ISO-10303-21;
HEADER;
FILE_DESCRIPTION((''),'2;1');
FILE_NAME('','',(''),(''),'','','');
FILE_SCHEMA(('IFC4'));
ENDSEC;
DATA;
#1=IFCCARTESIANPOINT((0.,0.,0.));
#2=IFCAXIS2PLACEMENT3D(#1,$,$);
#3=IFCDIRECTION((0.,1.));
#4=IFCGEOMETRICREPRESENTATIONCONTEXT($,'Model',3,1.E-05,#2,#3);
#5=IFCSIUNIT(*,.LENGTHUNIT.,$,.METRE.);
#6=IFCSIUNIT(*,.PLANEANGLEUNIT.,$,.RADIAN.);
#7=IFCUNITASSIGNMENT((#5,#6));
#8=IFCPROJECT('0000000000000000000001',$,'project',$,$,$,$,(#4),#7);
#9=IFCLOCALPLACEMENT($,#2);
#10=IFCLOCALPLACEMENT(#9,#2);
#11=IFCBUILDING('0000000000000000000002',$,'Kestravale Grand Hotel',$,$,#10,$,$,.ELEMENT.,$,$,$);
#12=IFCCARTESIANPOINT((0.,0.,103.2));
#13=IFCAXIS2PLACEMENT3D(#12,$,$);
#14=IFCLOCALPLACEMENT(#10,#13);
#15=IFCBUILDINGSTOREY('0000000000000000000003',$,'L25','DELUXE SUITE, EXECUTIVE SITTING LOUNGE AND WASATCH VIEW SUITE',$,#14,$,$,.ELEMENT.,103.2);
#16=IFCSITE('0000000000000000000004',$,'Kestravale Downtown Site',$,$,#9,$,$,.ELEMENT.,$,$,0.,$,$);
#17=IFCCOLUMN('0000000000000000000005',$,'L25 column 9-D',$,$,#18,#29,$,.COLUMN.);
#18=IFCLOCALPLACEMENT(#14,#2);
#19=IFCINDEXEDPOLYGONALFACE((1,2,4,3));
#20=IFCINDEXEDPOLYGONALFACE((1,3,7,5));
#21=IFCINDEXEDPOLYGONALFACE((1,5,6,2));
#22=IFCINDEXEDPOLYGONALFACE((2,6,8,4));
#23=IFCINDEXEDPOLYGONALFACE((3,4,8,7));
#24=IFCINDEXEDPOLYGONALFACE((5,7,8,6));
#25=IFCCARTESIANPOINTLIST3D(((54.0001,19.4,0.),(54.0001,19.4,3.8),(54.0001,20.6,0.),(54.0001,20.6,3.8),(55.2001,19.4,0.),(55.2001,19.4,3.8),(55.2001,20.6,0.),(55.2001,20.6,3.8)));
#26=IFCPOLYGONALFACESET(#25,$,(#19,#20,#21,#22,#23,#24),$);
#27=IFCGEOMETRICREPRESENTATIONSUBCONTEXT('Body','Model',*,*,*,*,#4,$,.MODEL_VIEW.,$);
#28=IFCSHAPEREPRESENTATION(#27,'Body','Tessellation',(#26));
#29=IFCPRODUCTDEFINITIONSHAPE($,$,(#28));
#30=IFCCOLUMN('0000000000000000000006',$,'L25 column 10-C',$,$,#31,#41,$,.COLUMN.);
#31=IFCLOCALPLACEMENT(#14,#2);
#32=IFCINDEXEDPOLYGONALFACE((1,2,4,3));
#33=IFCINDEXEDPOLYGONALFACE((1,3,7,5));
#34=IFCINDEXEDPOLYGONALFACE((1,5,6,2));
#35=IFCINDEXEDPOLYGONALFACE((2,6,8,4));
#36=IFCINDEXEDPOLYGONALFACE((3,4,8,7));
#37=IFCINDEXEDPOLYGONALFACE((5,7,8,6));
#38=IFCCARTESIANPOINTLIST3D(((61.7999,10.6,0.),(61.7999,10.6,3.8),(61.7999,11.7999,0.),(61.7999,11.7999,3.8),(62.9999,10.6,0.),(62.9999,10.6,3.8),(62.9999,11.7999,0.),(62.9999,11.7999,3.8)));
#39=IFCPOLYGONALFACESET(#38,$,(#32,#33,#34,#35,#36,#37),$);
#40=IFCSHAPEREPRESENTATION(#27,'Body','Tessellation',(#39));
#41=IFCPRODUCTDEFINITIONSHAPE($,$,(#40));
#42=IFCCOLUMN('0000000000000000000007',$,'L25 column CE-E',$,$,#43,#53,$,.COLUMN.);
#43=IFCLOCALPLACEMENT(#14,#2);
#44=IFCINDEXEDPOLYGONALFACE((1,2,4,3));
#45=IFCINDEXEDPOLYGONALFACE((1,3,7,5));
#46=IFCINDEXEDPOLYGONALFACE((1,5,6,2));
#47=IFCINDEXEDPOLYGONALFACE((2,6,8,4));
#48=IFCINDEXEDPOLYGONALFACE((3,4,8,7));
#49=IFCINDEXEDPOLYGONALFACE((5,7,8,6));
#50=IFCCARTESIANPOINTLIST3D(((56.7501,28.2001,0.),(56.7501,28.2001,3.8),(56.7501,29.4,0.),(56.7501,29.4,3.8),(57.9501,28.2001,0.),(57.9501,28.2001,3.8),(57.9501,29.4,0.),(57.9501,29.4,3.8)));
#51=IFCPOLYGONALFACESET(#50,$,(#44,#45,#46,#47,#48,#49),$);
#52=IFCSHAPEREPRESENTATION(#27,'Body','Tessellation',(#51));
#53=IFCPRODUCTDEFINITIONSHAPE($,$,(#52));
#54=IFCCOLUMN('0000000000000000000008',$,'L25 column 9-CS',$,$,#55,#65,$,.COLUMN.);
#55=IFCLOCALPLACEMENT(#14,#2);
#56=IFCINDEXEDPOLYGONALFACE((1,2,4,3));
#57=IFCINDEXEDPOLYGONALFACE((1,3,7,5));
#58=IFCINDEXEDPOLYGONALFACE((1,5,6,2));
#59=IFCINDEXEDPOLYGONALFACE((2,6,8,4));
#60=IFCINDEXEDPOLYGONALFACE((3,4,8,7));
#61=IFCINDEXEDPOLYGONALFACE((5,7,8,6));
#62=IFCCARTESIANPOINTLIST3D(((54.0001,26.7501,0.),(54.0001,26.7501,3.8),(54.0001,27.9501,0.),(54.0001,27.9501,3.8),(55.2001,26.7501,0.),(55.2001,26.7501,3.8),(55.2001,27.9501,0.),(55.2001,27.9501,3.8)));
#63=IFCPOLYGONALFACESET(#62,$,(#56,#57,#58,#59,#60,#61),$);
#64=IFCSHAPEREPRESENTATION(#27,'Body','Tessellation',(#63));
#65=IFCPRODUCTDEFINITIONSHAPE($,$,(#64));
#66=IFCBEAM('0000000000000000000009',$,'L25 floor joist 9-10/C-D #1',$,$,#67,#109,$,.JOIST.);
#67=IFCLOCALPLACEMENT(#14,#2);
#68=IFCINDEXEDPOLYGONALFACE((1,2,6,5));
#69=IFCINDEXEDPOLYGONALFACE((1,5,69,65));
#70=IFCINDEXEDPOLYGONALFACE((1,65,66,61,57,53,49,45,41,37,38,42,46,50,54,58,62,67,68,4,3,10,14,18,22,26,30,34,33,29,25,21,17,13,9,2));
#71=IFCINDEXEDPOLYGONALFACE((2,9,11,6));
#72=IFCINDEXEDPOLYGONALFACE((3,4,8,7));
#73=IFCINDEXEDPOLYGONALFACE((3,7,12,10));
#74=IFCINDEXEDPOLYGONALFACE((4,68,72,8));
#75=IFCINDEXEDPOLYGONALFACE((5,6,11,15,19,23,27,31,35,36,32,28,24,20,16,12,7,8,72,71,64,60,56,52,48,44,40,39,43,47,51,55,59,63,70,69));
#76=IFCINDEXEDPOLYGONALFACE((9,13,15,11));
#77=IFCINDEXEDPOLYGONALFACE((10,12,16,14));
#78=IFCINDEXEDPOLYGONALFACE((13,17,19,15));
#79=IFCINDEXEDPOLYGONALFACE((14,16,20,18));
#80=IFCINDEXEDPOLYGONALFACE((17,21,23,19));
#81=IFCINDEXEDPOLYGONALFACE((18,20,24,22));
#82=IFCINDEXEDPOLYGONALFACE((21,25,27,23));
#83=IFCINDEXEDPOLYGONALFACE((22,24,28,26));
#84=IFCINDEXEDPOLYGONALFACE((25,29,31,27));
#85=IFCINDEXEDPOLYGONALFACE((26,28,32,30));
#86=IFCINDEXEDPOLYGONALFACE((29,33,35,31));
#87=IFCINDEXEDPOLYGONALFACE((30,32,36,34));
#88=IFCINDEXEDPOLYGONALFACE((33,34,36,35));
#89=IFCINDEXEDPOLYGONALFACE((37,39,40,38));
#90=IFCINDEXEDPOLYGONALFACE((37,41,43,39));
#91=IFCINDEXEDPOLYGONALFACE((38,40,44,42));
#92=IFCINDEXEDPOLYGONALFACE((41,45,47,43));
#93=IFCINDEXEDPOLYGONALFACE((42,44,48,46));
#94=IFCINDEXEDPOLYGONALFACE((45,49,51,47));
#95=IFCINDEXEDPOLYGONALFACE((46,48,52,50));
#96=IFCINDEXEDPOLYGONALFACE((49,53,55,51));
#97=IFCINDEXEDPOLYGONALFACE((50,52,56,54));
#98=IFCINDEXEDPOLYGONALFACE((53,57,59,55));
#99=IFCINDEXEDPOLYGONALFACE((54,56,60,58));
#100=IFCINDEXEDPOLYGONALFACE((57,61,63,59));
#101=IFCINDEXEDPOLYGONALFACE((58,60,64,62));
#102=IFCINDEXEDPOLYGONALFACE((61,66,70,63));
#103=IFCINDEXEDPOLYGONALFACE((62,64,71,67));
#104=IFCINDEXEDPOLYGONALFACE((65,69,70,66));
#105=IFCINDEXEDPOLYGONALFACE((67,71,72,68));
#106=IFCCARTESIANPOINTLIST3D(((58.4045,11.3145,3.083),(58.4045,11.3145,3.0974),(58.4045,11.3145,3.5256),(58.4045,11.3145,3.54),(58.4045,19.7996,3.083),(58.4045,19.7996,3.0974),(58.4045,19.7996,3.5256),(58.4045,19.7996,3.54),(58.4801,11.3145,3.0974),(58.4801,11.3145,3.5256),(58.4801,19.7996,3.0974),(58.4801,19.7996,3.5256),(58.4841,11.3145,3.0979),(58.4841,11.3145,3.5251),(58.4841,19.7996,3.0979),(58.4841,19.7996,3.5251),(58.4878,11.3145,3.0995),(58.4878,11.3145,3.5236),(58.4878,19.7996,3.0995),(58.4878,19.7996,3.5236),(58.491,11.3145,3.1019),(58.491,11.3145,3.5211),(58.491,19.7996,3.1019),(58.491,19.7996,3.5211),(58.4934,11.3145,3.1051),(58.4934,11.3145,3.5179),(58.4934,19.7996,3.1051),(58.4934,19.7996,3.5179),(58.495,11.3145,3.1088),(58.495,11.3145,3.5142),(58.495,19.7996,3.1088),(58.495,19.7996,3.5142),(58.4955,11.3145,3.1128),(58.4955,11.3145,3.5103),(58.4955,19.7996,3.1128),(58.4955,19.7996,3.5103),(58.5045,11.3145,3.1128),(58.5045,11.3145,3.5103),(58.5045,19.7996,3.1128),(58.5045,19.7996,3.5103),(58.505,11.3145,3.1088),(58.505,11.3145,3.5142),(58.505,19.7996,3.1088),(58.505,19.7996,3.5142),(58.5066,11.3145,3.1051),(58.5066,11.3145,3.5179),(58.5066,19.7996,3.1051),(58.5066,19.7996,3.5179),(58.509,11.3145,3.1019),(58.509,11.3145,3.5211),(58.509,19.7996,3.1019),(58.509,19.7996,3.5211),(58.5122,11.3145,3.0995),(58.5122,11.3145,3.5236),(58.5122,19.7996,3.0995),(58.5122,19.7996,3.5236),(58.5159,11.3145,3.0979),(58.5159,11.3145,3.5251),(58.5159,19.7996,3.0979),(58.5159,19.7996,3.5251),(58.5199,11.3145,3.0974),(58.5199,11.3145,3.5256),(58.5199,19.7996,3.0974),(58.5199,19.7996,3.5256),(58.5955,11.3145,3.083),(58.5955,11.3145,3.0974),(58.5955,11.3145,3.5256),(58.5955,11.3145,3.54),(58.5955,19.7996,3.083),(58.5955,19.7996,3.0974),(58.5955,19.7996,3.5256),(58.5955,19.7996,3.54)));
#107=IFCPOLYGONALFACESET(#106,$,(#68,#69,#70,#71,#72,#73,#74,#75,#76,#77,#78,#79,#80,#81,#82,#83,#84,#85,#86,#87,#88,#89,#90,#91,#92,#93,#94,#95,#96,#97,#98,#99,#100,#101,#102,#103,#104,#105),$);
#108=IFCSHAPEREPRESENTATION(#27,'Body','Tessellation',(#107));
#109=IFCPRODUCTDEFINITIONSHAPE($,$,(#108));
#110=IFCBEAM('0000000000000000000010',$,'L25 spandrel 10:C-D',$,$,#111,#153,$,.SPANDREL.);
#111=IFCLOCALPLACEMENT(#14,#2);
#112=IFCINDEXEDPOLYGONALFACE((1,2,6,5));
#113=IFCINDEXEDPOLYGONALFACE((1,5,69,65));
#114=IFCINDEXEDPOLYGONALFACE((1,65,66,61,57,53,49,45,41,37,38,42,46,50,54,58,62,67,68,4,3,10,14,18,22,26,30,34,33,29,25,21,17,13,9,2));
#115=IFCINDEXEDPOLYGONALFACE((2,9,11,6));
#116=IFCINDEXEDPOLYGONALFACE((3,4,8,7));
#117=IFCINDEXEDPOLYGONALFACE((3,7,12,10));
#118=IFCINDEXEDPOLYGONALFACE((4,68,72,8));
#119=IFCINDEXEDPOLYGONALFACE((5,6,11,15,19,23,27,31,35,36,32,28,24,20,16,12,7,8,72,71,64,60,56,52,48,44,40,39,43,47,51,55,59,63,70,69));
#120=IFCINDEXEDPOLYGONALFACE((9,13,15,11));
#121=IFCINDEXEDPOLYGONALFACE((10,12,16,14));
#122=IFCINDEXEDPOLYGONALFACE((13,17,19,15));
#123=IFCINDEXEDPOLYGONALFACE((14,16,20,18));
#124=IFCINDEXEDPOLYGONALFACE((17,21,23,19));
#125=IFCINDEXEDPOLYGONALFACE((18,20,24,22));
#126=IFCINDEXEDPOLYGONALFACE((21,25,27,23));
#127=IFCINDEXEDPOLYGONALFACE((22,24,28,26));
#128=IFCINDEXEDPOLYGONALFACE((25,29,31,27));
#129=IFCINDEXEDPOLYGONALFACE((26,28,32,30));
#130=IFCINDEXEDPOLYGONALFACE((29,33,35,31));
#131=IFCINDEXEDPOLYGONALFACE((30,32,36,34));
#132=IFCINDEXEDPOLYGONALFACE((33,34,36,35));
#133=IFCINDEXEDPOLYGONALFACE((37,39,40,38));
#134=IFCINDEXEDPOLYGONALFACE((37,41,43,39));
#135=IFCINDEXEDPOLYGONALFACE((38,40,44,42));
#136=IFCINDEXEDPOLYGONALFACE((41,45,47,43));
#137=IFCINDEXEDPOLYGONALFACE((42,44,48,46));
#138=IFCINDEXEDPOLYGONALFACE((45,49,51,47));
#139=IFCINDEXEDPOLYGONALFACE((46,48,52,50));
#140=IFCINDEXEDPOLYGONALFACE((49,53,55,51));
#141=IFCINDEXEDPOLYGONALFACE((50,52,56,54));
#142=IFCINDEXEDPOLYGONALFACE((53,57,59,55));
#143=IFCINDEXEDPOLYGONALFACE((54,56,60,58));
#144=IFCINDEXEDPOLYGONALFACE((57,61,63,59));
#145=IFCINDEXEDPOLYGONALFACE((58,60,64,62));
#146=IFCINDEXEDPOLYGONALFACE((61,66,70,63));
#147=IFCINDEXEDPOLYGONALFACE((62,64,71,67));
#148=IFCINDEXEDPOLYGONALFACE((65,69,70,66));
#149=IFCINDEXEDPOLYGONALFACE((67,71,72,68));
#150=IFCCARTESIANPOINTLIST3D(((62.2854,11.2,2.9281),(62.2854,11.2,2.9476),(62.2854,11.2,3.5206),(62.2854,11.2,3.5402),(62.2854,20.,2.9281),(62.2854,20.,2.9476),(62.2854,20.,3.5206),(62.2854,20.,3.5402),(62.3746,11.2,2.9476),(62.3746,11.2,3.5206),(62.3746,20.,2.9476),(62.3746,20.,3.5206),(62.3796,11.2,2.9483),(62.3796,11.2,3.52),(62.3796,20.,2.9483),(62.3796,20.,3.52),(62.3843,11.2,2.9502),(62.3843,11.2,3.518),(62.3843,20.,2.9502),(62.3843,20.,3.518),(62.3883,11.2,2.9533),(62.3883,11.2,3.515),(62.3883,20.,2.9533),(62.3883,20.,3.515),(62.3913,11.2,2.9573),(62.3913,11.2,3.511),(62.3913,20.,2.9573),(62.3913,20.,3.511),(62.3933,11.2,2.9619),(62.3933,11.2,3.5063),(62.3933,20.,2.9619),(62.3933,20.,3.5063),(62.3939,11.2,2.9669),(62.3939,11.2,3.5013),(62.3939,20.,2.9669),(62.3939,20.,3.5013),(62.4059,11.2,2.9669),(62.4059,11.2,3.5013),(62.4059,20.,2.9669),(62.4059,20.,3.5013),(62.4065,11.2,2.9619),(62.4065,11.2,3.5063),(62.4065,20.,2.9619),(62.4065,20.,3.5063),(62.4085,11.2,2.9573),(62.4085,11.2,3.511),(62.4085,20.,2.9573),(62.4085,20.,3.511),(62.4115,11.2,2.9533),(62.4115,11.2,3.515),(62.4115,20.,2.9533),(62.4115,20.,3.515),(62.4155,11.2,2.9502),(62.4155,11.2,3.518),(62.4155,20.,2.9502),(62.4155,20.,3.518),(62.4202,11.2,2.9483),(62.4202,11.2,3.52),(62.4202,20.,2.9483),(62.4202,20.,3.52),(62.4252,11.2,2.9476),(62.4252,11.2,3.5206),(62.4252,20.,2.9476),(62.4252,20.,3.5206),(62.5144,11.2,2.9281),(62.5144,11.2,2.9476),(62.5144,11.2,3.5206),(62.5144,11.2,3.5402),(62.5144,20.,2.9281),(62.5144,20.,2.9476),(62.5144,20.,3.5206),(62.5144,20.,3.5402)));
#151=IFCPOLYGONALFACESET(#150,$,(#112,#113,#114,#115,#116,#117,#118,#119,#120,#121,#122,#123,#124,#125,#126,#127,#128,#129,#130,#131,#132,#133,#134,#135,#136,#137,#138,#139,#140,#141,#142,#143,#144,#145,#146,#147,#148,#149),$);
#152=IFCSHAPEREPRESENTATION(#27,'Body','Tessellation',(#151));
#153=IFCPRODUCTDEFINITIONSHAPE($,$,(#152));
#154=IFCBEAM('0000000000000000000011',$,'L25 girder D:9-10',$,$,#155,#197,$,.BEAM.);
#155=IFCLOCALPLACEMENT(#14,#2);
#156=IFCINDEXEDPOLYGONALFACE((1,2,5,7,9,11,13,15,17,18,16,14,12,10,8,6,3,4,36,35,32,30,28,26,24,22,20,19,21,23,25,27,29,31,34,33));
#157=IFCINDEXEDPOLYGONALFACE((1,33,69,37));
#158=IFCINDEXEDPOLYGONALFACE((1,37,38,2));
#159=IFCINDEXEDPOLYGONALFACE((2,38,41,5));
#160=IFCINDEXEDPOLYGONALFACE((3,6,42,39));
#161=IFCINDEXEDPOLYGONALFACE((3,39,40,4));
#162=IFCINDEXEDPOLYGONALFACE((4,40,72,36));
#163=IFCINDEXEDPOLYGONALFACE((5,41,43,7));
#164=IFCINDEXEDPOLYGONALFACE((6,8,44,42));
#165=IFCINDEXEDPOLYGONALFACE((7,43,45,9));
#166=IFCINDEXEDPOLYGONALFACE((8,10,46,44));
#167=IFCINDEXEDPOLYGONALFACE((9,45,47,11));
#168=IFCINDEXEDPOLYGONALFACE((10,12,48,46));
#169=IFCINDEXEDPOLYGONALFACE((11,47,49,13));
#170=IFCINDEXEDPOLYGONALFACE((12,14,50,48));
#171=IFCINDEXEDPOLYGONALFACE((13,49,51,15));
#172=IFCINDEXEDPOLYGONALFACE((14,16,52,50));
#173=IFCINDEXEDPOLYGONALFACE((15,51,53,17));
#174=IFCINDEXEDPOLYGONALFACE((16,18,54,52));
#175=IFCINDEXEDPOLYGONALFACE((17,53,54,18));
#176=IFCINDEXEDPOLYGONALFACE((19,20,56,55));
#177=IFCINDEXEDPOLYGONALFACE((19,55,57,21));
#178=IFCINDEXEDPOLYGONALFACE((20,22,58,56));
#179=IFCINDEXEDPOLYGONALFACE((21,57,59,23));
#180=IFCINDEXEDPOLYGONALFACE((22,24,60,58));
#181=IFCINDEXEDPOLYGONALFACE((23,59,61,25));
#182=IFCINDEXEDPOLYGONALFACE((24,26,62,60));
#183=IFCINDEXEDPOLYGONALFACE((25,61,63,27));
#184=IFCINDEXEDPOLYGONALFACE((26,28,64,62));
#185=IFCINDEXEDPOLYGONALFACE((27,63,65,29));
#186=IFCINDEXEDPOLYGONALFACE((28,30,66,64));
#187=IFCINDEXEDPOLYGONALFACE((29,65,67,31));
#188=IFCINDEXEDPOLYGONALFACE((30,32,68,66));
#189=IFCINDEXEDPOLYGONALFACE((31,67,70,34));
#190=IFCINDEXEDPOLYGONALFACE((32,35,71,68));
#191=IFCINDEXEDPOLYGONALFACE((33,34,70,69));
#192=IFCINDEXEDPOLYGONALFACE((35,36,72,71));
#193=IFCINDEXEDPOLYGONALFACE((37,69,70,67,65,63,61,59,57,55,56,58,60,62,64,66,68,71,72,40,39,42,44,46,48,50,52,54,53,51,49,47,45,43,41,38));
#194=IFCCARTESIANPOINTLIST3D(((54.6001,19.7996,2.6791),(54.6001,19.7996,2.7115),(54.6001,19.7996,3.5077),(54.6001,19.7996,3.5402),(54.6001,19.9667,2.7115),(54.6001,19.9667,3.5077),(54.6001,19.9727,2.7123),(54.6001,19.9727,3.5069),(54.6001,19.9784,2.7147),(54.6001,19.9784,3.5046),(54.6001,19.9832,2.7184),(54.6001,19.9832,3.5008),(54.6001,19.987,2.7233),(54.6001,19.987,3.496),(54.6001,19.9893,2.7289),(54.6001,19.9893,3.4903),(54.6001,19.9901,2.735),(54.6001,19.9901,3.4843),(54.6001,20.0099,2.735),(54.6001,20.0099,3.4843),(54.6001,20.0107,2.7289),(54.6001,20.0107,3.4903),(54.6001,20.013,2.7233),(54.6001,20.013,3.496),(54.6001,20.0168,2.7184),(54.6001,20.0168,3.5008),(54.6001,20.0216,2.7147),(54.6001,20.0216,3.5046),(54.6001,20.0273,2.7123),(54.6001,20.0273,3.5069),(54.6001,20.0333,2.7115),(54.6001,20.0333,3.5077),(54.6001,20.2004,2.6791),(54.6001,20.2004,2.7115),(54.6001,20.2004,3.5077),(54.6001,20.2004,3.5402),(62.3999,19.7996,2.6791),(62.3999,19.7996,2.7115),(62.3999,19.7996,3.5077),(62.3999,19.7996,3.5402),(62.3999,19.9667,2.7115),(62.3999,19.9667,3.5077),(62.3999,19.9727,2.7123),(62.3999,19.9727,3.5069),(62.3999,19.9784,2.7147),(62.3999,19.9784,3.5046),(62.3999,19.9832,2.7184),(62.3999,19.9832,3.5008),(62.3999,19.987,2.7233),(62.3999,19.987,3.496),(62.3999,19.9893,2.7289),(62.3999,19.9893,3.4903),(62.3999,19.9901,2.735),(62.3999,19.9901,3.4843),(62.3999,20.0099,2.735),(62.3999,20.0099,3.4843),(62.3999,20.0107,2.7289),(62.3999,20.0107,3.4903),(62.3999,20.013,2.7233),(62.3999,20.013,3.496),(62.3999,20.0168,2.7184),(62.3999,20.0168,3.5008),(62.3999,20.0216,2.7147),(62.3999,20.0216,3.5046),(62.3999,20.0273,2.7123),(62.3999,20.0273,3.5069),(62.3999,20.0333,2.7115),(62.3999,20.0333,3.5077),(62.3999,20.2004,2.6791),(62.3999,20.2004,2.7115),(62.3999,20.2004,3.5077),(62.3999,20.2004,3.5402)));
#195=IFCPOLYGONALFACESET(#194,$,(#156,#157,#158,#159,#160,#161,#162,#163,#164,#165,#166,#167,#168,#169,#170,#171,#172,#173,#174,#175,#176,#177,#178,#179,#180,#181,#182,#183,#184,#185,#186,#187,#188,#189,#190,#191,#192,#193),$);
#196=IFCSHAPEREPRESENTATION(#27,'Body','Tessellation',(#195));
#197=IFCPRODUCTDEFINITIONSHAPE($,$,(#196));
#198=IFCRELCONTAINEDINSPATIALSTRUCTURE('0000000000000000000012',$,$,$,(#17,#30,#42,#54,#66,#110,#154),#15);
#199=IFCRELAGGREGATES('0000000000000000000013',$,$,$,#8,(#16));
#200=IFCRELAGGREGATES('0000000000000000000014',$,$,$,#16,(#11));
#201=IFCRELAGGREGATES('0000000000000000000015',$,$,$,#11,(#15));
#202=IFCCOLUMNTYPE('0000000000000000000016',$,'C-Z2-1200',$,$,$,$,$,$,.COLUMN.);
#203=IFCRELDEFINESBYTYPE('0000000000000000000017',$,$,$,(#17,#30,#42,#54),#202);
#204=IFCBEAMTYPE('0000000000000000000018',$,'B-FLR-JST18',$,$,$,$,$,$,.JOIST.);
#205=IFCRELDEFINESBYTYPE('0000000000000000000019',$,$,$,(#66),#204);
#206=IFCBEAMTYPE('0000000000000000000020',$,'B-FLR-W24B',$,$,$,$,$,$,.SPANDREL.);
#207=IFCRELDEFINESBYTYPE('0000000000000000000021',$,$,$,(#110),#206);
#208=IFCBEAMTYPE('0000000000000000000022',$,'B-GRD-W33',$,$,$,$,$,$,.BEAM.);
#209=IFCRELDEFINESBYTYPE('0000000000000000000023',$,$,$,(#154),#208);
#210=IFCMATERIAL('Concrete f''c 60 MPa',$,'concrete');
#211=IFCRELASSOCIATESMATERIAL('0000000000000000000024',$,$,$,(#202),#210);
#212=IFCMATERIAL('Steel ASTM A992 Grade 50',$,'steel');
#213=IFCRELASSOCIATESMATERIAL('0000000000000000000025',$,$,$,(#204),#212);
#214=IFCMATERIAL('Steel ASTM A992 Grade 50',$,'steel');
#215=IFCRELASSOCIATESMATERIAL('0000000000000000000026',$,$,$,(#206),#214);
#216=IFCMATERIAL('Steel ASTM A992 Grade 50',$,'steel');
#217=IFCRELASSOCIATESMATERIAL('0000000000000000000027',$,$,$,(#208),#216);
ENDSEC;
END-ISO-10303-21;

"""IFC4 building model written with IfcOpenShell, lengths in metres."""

from ifc_helpers import new_model, si_unit, direction, frame, origin, origin_2d, place, context, subcontext, project, spatial, rectangle, i_section, extrude, material, material_profile, profile_set, type_object, element, save


model = new_model("IFC4")

# Units and contexts
model_context = context("Model", 3, precision=1e-05, world=origin(), true_north=direction((0.0, 1.0)))
body_context = subcontext(model_context, "Body", "Model", "MODEL_VIEW")
ifc_project = project(units=[si_unit("LENGTHUNIT", "METRE"), si_unit("PLANEANGLEUNIT", "RADIAN")], contexts=[model_context])

# Site, building, storey
site_placement = place(None, origin())
site = spatial("IfcSite", under=ifc_project, at=site_placement, Name="Kestravale Downtown Site", CompositionType="ELEMENT", RefElevation=0.0)
building_placement = place(site_placement, origin())
building = spatial("IfcBuilding", under=site, at=building_placement, Name="Kestravale Grand Hotel", CompositionType="ELEMENT")
storey_placement = place(building_placement, frame((0.0, 0.0, 103.2)))
storey = spatial("IfcBuildingStorey", under=building, at=storey_placement, Name="L25", Description="DELUXE SUITE, EXECUTIVE SITTING LOUNGE AND WASATCH VIEW SUITE", CompositionType="ELEMENT", Elevation=103.2)

# Columns
ifc_material_1 = material(Name="Concrete f'c 60 MPa", Category="concrete")
ifc_material_profile_1 = material_profile(ifc_material_1, rectangle(XDim=1.2, YDim=1.2, at=origin_2d()))
ifc_profile_set_1 = profile_set([ifc_material_profile_1], Name="Concrete f'c 60 MPa")
column_type = type_object("IfcColumnType", Name="C-Z2-1200", PredefinedType="COLUMN", material=ifc_profile_set_1)
for number, where, z_axis, x_axis, name in (
    (1, (54.6001, 20.0, 0.0), (0.0, 0.0, 1.0), (1.0, 0.0, 0.0), "L25 column 9-D"),
    (2, (62.3999, 11.2, 0.0), (0.0, 0.0, 1.0), (1.0, 0.0, 0.0), "L25 column 10-C"),
    (3, (57.3501, 28.8, 0.0), (0.0, 0.0, 1.0), (1.0, 0.0, 0.0), "L25 column CE-E"),
    (4, (54.6001, 27.3501, 0.0), (0.0, 0.0, 1.0), (1.0, 0.0, 0.0), "L25 column 9-CS"),
):
    element("IfcColumn", number, at=place(storey_placement, frame(where, z_axis=z_axis, x_axis=x_axis)), inside=storey, type_object=column_type, Name=name, PredefinedType="COLUMN", context=body_context, shape_type="SweptSolid", body=[
        extrude(rectangle(XDim=1.2, YDim=1.2, at=origin_2d()), origin(), (0.0, 0.0, 1.0), 3.8),
    ])

# Beams
ifc_material_2 = material(Name="Steel ASTM A992 Grade 50", Category="steel")
ifc_material_profile_2 = material_profile(ifc_material_2, i_section(OverallWidth=0.1909, OverallDepth=0.457, WebThickness=0.009, FlangeThickness=0.0144, FilletRadius=0.0154, at=origin_2d()))
ifc_profile_set_2 = profile_set([ifc_material_profile_2], Name="Steel ASTM A992 Grade 50")
beam_type_1 = type_object("IfcBeamType", Name="B-FLR-JST18", PredefinedType="JOIST", material=ifc_profile_set_2)
beam_1_placement = place(storey_placement, frame((58.5, 11.3145, 3.3115), z_axis=(0.0, 1.0, 0.0), x_axis=(-1.0, 0.0, 0.0)))
element("IfcBeam", 5, at=beam_1_placement, inside=storey, type_object=beam_type_1, Name="L25 floor joist 9-10/C-D #1", PredefinedType="JOIST", context=body_context, shape_type="SweptSolid", body=[
    extrude(i_section(OverallWidth=0.1909, OverallDepth=0.457, WebThickness=0.009, FlangeThickness=0.0144, FilletRadius=0.0154, at=origin_2d()), origin(), (0.0, 0.0, 1.0), 8.4851),
])
ifc_material_3 = material(Name="Steel ASTM A992 Grade 50", Category="steel")
ifc_material_profile_3 = material_profile(ifc_material_3, i_section(OverallWidth=0.229, OverallDepth=0.6121, WebThickness=0.012, FlangeThickness=0.0195, FilletRadius=0.0193, at=origin_2d()))
ifc_profile_set_3 = profile_set([ifc_material_profile_3], Name="Steel ASTM A992 Grade 50")
beam_type_2 = type_object("IfcBeamType", Name="B-FLR-W24B", PredefinedType="SPANDREL", material=ifc_profile_set_3)
beam_2_placement = place(storey_placement, frame((62.3999, 11.2, 3.2341), z_axis=(0.0, 1.0, 0.0), x_axis=(-1.0, 0.0, 0.0)))
element("IfcBeam", 6, at=beam_2_placement, inside=storey, type_object=beam_type_2, Name="L25 spandrel 10:C-D", PredefinedType="SPANDREL", context=body_context, shape_type="SweptSolid", body=[
    extrude(i_section(OverallWidth=0.229, OverallDepth=0.6121, WebThickness=0.012, FlangeThickness=0.0195, FilletRadius=0.0193, at=origin_2d()), origin(), (0.0, 0.0, 1.0), 8.8),
])
ifc_material_4 = material(Name="Steel ASTM A992 Grade 50", Category="steel")
ifc_material_profile_4 = material_profile(ifc_material_4, i_section(OverallWidth=0.4009, OverallDepth=0.8611, WebThickness=0.0198, FlangeThickness=0.0325, FilletRadius=0.0234, at=origin_2d()))
ifc_profile_set_4 = profile_set([ifc_material_profile_4], Name="Steel ASTM A992 Grade 50")
beam_type_3 = type_object("IfcBeamType", Name="B-GRD-W33", PredefinedType="BEAM", material=ifc_profile_set_4)
beam_3_placement = place(storey_placement, frame((54.6001, 20.0, 3.1096), z_axis=(1.0, 0.0, 0.0), x_axis=(0.0, 1.0, 0.0)))
element("IfcBeam", 7, at=beam_3_placement, inside=storey, type_object=beam_type_3, Name="L25 girder D:9-10", PredefinedType="BEAM", context=body_context, shape_type="SweptSolid", body=[
    extrude(i_section(OverallWidth=0.4009, OverallDepth=0.8611, WebThickness=0.0198, FlangeThickness=0.0325, FilletRadius=0.0234, at=origin_2d()), origin(), (0.0, 0.0, 1.0), 7.7998),
])

save(model, "model.ifc")
